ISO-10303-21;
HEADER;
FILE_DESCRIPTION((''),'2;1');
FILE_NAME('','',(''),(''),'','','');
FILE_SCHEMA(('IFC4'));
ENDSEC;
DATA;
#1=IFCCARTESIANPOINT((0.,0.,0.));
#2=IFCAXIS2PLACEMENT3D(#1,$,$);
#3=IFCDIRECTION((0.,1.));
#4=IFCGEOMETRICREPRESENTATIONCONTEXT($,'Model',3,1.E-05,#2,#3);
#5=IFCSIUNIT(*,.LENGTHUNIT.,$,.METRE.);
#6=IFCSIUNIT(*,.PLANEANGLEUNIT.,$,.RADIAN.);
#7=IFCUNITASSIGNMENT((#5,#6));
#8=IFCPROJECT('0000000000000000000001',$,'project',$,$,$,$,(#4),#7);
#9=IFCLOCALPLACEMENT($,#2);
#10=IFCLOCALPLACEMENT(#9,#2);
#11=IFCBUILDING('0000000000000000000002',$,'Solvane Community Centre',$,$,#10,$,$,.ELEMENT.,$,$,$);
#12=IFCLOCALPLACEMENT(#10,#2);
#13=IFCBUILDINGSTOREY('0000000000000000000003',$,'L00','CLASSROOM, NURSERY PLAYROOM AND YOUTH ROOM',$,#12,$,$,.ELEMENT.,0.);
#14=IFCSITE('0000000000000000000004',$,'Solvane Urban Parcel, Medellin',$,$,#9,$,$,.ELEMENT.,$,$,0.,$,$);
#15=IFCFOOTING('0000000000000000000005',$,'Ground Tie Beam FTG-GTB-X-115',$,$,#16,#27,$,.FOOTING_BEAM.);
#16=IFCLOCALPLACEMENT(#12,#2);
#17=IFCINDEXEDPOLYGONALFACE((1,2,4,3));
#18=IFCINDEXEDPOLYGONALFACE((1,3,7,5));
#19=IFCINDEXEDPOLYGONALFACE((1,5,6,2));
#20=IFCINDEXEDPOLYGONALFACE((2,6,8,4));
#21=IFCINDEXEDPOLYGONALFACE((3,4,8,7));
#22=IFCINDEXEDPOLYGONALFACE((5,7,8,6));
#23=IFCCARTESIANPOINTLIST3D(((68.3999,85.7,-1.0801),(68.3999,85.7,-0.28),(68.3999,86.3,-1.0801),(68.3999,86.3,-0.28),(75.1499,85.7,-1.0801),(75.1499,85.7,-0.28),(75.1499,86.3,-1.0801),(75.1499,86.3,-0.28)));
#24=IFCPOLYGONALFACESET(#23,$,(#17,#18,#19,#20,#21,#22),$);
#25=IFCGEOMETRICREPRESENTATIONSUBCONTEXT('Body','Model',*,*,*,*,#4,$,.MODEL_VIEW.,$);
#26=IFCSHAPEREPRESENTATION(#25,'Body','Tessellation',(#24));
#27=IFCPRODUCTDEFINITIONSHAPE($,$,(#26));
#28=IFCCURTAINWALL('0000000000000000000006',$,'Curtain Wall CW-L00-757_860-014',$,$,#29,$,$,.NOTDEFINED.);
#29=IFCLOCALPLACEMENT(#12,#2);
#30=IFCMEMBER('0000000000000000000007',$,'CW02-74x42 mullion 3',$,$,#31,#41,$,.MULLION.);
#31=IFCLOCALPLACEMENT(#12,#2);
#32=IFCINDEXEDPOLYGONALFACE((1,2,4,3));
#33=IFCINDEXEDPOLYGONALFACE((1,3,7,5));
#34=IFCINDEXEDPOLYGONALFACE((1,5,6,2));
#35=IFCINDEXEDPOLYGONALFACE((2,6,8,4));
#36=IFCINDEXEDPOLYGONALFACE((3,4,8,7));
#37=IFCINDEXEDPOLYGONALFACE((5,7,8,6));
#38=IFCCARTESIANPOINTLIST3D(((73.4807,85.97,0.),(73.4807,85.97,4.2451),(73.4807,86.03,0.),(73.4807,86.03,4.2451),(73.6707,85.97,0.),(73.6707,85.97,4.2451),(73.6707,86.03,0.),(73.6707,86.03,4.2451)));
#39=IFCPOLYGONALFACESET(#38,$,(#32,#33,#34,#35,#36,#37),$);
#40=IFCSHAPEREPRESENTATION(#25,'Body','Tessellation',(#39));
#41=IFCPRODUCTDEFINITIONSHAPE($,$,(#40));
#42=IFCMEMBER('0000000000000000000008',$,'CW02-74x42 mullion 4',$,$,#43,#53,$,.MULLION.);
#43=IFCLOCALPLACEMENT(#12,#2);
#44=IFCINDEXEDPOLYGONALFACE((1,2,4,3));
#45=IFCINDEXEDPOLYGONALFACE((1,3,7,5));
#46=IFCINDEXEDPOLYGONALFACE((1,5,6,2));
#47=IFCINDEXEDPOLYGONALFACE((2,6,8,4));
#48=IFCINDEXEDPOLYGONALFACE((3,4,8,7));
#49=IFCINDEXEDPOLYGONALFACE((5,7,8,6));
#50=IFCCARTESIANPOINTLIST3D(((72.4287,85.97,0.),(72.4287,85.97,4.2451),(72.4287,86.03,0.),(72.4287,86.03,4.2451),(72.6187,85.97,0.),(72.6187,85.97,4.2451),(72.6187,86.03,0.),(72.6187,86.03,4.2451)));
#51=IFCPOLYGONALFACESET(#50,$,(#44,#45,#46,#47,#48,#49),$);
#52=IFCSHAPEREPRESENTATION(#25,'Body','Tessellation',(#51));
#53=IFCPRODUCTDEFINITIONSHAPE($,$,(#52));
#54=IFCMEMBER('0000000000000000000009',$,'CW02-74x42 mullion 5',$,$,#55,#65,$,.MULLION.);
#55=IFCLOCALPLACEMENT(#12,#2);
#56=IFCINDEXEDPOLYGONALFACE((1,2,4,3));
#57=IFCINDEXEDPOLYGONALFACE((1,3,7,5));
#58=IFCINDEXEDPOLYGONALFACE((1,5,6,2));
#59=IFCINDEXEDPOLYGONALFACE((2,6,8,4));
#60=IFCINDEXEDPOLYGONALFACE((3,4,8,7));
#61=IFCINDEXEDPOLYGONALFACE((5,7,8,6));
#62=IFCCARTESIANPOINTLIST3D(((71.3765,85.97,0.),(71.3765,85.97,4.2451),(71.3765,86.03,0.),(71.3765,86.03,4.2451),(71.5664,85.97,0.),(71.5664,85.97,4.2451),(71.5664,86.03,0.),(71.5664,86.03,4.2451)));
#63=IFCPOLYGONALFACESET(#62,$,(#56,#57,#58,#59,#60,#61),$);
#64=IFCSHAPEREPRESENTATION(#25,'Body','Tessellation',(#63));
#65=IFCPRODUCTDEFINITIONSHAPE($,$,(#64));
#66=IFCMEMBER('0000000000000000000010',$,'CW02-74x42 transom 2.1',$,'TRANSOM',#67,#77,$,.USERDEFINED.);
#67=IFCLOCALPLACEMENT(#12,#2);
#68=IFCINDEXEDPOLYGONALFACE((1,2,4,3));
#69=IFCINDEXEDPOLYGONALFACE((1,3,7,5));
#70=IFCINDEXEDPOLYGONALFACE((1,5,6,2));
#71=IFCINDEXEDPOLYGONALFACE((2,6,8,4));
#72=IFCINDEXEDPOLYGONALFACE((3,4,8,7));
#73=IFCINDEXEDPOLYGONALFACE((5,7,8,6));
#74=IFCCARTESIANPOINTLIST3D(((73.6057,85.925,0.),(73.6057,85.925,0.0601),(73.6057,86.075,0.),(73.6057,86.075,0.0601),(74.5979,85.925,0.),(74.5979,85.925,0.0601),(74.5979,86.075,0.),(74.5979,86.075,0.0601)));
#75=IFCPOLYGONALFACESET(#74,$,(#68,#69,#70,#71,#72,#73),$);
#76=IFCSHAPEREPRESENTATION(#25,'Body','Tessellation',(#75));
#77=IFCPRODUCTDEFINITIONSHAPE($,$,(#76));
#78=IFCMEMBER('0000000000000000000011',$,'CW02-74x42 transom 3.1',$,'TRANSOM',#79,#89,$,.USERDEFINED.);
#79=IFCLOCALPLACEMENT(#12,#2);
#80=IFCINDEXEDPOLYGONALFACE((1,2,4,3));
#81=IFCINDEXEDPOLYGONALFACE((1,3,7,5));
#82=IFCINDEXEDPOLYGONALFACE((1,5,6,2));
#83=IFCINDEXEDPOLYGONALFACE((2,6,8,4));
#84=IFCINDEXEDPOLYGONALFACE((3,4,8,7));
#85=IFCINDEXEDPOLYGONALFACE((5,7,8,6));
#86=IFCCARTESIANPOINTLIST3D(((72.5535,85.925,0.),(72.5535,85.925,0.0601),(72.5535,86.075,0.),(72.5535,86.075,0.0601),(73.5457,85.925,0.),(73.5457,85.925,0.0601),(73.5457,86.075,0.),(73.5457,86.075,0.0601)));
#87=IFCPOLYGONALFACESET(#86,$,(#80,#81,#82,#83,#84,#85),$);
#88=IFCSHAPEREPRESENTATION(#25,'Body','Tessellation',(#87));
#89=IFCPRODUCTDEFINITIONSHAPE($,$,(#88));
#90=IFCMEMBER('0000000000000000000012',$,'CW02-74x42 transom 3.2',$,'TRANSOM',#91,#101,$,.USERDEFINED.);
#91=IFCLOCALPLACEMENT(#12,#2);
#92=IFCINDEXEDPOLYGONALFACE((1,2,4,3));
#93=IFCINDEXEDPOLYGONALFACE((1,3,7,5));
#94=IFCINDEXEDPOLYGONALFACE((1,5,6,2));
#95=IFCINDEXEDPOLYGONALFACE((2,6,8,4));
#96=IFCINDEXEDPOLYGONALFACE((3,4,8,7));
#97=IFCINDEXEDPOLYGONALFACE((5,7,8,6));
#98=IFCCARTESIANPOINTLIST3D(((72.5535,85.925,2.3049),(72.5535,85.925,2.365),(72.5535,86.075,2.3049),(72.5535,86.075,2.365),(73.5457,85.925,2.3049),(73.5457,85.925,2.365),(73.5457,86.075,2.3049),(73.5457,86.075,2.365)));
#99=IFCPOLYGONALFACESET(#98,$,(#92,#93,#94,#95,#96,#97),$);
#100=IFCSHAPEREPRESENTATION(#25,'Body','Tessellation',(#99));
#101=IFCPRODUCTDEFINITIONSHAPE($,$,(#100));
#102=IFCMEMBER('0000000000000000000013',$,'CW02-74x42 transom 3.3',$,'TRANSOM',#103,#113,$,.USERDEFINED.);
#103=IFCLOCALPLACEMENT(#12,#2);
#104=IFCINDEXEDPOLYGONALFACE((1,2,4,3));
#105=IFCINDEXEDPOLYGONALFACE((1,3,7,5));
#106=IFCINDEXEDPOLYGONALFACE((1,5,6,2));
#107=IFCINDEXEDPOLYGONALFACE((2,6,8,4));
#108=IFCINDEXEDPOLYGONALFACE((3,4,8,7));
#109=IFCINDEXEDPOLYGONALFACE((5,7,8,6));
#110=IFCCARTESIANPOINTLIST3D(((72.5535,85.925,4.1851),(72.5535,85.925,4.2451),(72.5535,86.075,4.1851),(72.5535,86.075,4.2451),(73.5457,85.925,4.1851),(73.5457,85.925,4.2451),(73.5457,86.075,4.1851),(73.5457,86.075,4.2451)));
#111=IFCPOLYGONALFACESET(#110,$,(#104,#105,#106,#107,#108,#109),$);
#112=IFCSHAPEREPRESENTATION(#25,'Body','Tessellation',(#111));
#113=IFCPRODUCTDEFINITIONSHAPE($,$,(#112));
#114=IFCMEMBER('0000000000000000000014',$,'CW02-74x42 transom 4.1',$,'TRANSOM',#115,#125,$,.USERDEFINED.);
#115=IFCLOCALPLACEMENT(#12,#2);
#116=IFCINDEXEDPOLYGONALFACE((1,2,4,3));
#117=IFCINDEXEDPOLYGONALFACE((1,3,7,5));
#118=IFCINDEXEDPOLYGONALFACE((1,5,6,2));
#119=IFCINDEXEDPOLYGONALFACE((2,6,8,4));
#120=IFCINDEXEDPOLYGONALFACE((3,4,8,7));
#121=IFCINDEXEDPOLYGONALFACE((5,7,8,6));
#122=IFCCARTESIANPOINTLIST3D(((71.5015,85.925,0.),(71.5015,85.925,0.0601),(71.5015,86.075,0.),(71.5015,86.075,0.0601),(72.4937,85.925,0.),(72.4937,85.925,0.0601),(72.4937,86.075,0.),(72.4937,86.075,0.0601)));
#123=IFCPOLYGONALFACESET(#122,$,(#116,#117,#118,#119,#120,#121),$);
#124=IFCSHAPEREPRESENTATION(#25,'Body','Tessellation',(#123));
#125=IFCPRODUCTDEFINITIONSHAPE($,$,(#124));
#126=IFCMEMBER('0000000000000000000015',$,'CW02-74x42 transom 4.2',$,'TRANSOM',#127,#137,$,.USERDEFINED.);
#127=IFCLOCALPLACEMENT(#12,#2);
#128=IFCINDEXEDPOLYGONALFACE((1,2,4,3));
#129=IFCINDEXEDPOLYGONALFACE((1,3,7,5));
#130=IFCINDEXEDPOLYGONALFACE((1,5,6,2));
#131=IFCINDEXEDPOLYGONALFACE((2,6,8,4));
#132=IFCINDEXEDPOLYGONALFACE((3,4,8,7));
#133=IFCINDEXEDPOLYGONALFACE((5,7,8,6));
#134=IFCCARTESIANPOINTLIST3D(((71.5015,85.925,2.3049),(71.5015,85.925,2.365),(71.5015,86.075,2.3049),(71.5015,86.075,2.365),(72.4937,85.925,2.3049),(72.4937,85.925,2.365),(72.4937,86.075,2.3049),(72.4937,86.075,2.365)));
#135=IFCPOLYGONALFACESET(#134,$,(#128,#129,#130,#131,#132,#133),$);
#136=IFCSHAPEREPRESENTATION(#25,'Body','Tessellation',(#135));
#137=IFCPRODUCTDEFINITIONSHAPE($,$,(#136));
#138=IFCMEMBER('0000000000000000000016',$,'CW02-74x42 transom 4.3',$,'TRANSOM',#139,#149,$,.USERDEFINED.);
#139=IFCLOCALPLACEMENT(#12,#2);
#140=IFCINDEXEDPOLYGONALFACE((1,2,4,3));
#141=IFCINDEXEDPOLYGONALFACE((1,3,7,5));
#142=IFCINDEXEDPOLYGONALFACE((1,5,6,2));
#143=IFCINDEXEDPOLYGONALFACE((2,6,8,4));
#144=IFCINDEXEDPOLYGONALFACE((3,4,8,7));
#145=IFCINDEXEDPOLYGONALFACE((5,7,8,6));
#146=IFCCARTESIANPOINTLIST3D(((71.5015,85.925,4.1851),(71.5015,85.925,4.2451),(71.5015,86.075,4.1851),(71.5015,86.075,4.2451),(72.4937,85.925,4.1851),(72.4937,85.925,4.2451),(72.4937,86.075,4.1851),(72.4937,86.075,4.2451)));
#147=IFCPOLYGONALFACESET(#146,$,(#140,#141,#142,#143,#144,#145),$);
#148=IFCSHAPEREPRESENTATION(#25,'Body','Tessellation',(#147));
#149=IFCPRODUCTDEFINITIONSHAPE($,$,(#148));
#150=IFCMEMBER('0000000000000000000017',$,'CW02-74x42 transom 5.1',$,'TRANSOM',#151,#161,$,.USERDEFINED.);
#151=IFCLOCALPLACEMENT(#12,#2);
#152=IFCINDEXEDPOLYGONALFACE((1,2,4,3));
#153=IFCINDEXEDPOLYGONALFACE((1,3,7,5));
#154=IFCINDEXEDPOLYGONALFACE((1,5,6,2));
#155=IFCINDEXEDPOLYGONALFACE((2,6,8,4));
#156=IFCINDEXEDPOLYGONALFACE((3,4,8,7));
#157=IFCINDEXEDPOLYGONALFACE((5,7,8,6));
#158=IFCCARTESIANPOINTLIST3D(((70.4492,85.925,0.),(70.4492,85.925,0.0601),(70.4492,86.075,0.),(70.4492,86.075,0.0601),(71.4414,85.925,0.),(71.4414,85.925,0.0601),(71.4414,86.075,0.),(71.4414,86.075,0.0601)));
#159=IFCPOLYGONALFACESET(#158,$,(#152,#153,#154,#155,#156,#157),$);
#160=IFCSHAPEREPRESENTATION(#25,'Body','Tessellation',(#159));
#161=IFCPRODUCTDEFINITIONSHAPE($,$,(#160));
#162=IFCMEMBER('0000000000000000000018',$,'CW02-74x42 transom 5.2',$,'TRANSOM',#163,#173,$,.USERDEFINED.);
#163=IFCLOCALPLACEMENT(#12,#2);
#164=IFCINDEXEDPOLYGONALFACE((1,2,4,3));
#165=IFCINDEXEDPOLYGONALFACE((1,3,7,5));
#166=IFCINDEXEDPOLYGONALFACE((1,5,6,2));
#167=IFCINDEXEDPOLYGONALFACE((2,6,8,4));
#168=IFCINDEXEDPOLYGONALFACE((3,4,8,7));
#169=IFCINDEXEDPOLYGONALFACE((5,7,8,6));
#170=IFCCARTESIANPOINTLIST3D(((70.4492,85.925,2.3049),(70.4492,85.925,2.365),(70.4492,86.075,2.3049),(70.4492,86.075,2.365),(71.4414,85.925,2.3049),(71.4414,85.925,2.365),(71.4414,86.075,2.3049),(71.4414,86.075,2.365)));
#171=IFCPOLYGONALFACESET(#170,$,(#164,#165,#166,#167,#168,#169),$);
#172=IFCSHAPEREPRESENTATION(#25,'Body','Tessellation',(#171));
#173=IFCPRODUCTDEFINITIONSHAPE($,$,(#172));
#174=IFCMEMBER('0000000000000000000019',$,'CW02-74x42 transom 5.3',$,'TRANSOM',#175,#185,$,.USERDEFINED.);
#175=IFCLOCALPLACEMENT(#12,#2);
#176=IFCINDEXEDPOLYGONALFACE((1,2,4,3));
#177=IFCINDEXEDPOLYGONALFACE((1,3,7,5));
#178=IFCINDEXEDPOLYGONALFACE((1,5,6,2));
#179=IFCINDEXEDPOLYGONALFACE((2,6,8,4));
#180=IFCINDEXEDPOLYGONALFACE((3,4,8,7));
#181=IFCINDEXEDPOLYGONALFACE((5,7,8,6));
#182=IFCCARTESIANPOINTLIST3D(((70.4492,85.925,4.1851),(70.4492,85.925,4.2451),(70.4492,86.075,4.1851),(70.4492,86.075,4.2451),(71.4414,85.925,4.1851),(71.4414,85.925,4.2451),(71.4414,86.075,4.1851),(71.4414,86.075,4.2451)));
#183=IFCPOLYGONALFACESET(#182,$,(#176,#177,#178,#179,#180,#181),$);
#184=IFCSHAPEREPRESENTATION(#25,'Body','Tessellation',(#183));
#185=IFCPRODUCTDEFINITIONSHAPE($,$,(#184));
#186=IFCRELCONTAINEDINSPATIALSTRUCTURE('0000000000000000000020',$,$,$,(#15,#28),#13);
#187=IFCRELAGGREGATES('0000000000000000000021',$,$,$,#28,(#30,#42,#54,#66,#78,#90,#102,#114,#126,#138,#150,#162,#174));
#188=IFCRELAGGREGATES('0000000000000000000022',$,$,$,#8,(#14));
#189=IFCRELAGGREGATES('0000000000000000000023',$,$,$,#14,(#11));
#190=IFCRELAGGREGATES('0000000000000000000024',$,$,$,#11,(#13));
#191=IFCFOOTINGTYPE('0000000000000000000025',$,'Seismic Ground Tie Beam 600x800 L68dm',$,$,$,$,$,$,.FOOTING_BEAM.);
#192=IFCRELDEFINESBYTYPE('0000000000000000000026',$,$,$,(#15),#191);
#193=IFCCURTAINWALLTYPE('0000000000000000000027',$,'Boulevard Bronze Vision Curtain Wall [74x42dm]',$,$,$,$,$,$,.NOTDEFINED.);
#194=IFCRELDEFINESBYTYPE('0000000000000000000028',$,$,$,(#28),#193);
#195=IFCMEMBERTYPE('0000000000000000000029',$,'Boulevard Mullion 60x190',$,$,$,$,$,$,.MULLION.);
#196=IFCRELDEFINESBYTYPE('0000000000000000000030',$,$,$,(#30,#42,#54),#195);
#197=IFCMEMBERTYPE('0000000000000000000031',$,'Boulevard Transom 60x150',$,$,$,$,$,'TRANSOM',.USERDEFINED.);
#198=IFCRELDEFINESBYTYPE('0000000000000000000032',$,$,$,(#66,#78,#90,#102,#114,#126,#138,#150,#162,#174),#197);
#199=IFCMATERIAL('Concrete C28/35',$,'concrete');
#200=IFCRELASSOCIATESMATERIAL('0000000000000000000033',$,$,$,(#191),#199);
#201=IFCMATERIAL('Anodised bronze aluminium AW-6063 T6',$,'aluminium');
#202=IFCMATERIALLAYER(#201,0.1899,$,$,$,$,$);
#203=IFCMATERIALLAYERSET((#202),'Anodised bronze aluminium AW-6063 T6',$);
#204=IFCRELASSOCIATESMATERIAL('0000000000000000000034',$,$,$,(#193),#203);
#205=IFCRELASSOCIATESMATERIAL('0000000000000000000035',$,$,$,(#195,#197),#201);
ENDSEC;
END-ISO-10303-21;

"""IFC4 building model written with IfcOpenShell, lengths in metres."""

from ifc_helpers import new_model, si_unit, direction, frame, origin, origin_2d, place, context, subcontext, project, spatial, rectangle, extrude, material, layer, layer_set, material_profile, profile_set, type_object, element, aggregate, save


model = new_model("IFC4")

# Units and contexts
model_context = context("Model", 3, precision=1e-05, world=origin(), true_north=direction((0.0, 1.0)))
body_context = subcontext(model_context, "Body", "Model", "MODEL_VIEW")
ifc_project = project(units=[si_unit("LENGTHUNIT", "METRE"), si_unit("PLANEANGLEUNIT", "RADIAN")], contexts=[model_context])

# Site, building, storey
site_placement = place(None, origin())
site = spatial("IfcSite", under=ifc_project, at=site_placement, Name="Solvane Urban Parcel, Medellin", CompositionType="ELEMENT", RefElevation=0.0)
building_placement = place(site_placement, origin())
building = spatial("IfcBuilding", under=site, at=building_placement, Name="Solvane Community Centre", CompositionType="ELEMENT")
storey_placement = place(building_placement, origin())
storey = spatial("IfcBuildingStorey", under=building, at=storey_placement, Name="L00", Description="CLASSROOM, NURSERY PLAYROOM AND YOUTH ROOM", CompositionType="ELEMENT", Elevation=0.0)

# Footing
ifc_material_1 = material(Name="Concrete C28/35", Category="concrete")
footing_type = type_object("IfcFootingType", Name="Seismic Ground Tie Beam 600x800 L68dm", PredefinedType="FOOTING_BEAM", material=ifc_material_1)
footing_placement = place(storey_placement, frame((71.7749, 86.0, -1.0801), z_axis=(0.0, 0.0, 1.0), x_axis=(1.0, 0.0, 0.0)))
element("IfcFooting", 1, at=footing_placement, inside=storey, type_object=footing_type, Name="Ground Tie Beam FTG-GTB-X-115", PredefinedType="FOOTING_BEAM", context=body_context, shape_type="SweptSolid", body=[
    extrude(rectangle(XDim=6.75, YDim=0.6001, at=origin_2d()), origin(), (0.0, 0.0, 1.0), 0.8),
])

# Curtain wall, members
ifc_material_2 = material(Name="Anodised bronze aluminium AW-6063 T6", Category="aluminium")
ifc_layer_1 = layer(ifc_material_2, 0.1899)
ifc_layer_set_1 = layer_set([ifc_layer_1], Name="Anodised bronze aluminium AW-6063 T6")
curtain_wall_type = type_object("IfcCurtainWallType", Name="Boulevard Bronze Vision Curtain Wall [74x42dm]", PredefinedType="NOTDEFINED", material=ifc_layer_set_1)
curtain_wall_placement = place(storey_placement, origin())
curtain_wall = element("IfcCurtainWall", 2, at=curtain_wall_placement, inside=storey, type_object=curtain_wall_type, Name="Curtain Wall CW-L00-757_860-014", PredefinedType="NOTDEFINED")
ifc_material_profile_1 = material_profile(ifc_material_2, rectangle(XDim=0.0601, YDim=0.1899, at=origin_2d()), Name="CW-M 60x190")
ifc_profile_set_1 = profile_set([ifc_material_profile_1], Name="Anodised bronze aluminium AW-6063 T6")
member_type_1 = type_object("IfcMemberType", Name="Boulevard Mullion 60x190", PredefinedType="MULLION", material=ifc_profile_set_1)
member_1_placement = place(storey_placement, frame((73.5757, 86.0, 0.0), z_axis=(0.0, 0.0, 1.0), x_axis=(0.0, -1.0, 0.0)))
member_1 = element("IfcMember", 3, at=member_1_placement, type_object=member_type_1, Name="CW02-74x42 mullion 3", PredefinedType="MULLION", context=body_context, shape_type="SweptSolid", body=[
    extrude(rectangle(XDim=0.0601, YDim=0.1899, at=origin_2d()), origin(), (0.0, 0.0, 1.0), 4.2451),
])
member_2_placement = place(storey_placement, frame((72.5237, 86.0, 0.0), z_axis=(0.0, 0.0, 1.0), x_axis=(0.0, -1.0, 0.0)))
member_2 = element("IfcMember", 4, at=member_2_placement, type_object=member_type_1, Name="CW02-74x42 mullion 4", PredefinedType="MULLION", context=body_context, shape_type="SweptSolid", body=[
    extrude(rectangle(XDim=0.0601, YDim=0.1899, at=origin_2d()), origin(), (0.0, 0.0, 1.0), 4.2451),
])
member_3_placement = place(storey_placement, frame((71.4714, 86.0, 0.0), z_axis=(0.0, 0.0, 1.0), x_axis=(0.0, -1.0, 0.0)))
member_3 = element("IfcMember", 5, at=member_3_placement, type_object=member_type_1, Name="CW02-74x42 mullion 5", PredefinedType="MULLION", context=body_context, shape_type="SweptSolid", body=[
    extrude(rectangle(XDim=0.0601, YDim=0.1899, at=origin_2d()), origin(), (0.0, 0.0, 1.0), 4.2451),
])
ifc_material_profile_2 = material_profile(ifc_material_2, rectangle(XDim=0.1499, YDim=0.0601, at=origin_2d()), Name="CW-T 60x150")
ifc_profile_set_2 = profile_set([ifc_material_profile_2], Name="Anodised bronze aluminium AW-6063 T6")
member_type_2 = type_object("IfcMemberType", Name="Boulevard Transom 60x150", ElementType="TRANSOM", PredefinedType="USERDEFINED", material=ifc_profile_set_2)
member_4_placement = place(storey_placement, frame((74.5979, 86.0, 0.03), z_axis=(-1.0, 0.0, 0.0), x_axis=(0.0, -1.0, 0.0)))
member_4 = element("IfcMember", 6, at=member_4_placement, type_object=member_type_2, Name="CW02-74x42 transom 2.1", ObjectType="TRANSOM", PredefinedType="USERDEFINED", context=body_context, shape_type="SweptSolid", body=[
    extrude(rectangle(XDim=0.1499, YDim=0.0601, at=origin_2d()), origin(), (0.0, 0.0, 1.0), 0.9922),
])
member_5_placement = place(storey_placement, frame((73.5457, 86.0, 0.03), z_axis=(-1.0, 0.0, 0.0), x_axis=(0.0, -1.0, 0.0)))
member_5 = element("IfcMember", 7, at=member_5_placement, type_object=member_type_2, Name="CW02-74x42 transom 3.1", ObjectType="TRANSOM", PredefinedType="USERDEFINED", context=body_context, shape_type="SweptSolid", body=[
    extrude(rectangle(XDim=0.1499, YDim=0.0601, at=origin_2d()), origin(), (0.0, 0.0, 1.0), 0.9922),
])
member_6_placement = place(storey_placement, frame((73.5457, 86.0, 2.335), z_axis=(-1.0, 0.0, 0.0), x_axis=(0.0, -1.0, 0.0)))
member_6 = element("IfcMember", 8, at=member_6_placement, type_object=member_type_2, Name="CW02-74x42 transom 3.2", ObjectType="TRANSOM", PredefinedType="USERDEFINED", context=body_context, shape_type="SweptSolid", body=[
    extrude(rectangle(XDim=0.1499, YDim=0.0601, at=origin_2d()), origin(), (0.0, 0.0, 1.0), 0.9922),
])
member_7_placement = place(storey_placement, frame((73.5457, 86.0, 4.2151), z_axis=(-1.0, 0.0, 0.0), x_axis=(0.0, -1.0, 0.0)))
member_7 = element("IfcMember", 9, at=member_7_placement, type_object=member_type_2, Name="CW02-74x42 transom 3.3", ObjectType="TRANSOM", PredefinedType="USERDEFINED", context=body_context, shape_type="SweptSolid", body=[
    extrude(rectangle(XDim=0.1499, YDim=0.0601, at=origin_2d()), origin(), (0.0, 0.0, 1.0), 0.9922),
])
member_8_placement = place(storey_placement, frame((72.4937, 86.0, 0.03), z_axis=(-1.0, 0.0, 0.0), x_axis=(0.0, -1.0, 0.0)))
member_8 = element("IfcMember", 10, at=member_8_placement, type_object=member_type_2, Name="CW02-74x42 transom 4.1", ObjectType="TRANSOM", PredefinedType="USERDEFINED", context=body_context, shape_type="SweptSolid", body=[
    extrude(rectangle(XDim=0.1499, YDim=0.0601, at=origin_2d()), origin(), (0.0, 0.0, 1.0), 0.9922),
])
member_9_placement = place(storey_placement, frame((72.4937, 86.0, 2.335), z_axis=(-1.0, 0.0, 0.0), x_axis=(0.0, -1.0, 0.0)))
member_9 = element("IfcMember", 11, at=member_9_placement, type_object=member_type_2, Name="CW02-74x42 transom 4.2", ObjectType="TRANSOM", PredefinedType="USERDEFINED", context=body_context, shape_type="SweptSolid", body=[
    extrude(rectangle(XDim=0.1499, YDim=0.0601, at=origin_2d()), origin(), (0.0, 0.0, 1.0), 0.9922),
])
member_10_placement = place(storey_placement, frame((72.4937, 86.0, 4.2151), z_axis=(-1.0, 0.0, 0.0), x_axis=(0.0, -1.0, 0.0)))
member_10 = element("IfcMember", 12, at=member_10_placement, type_object=member_type_2, Name="CW02-74x42 transom 4.3", ObjectType="TRANSOM", PredefinedType="USERDEFINED", context=body_context, shape_type="SweptSolid", body=[
    extrude(rectangle(XDim=0.1499, YDim=0.0601, at=origin_2d()), origin(), (0.0, 0.0, 1.0), 0.9922),
])
member_11_placement = place(storey_placement, frame((71.4414, 86.0, 0.03), z_axis=(-1.0, 0.0, 0.0), x_axis=(0.0, -1.0, 0.0)))
member_11 = element("IfcMember", 13, at=member_11_placement, type_object=member_type_2, Name="CW02-74x42 transom 5.1", ObjectType="TRANSOM", PredefinedType="USERDEFINED", context=body_context, shape_type="SweptSolid", body=[
    extrude(rectangle(XDim=0.1499, YDim=0.0601, at=origin_2d()), origin(), (0.0, 0.0, 1.0), 0.9922),
])
member_12_placement = place(storey_placement, frame((71.4414, 86.0, 2.335), z_axis=(-1.0, 0.0, 0.0), x_axis=(0.0, -1.0, 0.0)))
member_12 = element("IfcMember", 14, at=member_12_placement, type_object=member_type_2, Name="CW02-74x42 transom 5.2", ObjectType="TRANSOM", PredefinedType="USERDEFINED", context=body_context, shape_type="SweptSolid", body=[
    extrude(rectangle(XDim=0.1499, YDim=0.0601, at=origin_2d()), origin(), (0.0, 0.0, 1.0), 0.9922),
])
member_13_placement = place(storey_placement, frame((71.4414, 86.0, 4.2151), z_axis=(-1.0, 0.0, 0.0), x_axis=(0.0, -1.0, 0.0)))
member_13 = element("IfcMember", 15, at=member_13_placement, type_object=member_type_2, Name="CW02-74x42 transom 5.3", ObjectType="TRANSOM", PredefinedType="USERDEFINED", context=body_context, shape_type="SweptSolid", body=[
    extrude(rectangle(XDim=0.1499, YDim=0.0601, at=origin_2d()), origin(), (0.0, 0.0, 1.0), 0.9922),
])
aggregate(curtain_wall, [member_1, member_2, member_3, member_4, member_5, member_6, member_7, member_8, member_9, member_10, member_11, member_12, member_13])

save(model, "model.ifc")
